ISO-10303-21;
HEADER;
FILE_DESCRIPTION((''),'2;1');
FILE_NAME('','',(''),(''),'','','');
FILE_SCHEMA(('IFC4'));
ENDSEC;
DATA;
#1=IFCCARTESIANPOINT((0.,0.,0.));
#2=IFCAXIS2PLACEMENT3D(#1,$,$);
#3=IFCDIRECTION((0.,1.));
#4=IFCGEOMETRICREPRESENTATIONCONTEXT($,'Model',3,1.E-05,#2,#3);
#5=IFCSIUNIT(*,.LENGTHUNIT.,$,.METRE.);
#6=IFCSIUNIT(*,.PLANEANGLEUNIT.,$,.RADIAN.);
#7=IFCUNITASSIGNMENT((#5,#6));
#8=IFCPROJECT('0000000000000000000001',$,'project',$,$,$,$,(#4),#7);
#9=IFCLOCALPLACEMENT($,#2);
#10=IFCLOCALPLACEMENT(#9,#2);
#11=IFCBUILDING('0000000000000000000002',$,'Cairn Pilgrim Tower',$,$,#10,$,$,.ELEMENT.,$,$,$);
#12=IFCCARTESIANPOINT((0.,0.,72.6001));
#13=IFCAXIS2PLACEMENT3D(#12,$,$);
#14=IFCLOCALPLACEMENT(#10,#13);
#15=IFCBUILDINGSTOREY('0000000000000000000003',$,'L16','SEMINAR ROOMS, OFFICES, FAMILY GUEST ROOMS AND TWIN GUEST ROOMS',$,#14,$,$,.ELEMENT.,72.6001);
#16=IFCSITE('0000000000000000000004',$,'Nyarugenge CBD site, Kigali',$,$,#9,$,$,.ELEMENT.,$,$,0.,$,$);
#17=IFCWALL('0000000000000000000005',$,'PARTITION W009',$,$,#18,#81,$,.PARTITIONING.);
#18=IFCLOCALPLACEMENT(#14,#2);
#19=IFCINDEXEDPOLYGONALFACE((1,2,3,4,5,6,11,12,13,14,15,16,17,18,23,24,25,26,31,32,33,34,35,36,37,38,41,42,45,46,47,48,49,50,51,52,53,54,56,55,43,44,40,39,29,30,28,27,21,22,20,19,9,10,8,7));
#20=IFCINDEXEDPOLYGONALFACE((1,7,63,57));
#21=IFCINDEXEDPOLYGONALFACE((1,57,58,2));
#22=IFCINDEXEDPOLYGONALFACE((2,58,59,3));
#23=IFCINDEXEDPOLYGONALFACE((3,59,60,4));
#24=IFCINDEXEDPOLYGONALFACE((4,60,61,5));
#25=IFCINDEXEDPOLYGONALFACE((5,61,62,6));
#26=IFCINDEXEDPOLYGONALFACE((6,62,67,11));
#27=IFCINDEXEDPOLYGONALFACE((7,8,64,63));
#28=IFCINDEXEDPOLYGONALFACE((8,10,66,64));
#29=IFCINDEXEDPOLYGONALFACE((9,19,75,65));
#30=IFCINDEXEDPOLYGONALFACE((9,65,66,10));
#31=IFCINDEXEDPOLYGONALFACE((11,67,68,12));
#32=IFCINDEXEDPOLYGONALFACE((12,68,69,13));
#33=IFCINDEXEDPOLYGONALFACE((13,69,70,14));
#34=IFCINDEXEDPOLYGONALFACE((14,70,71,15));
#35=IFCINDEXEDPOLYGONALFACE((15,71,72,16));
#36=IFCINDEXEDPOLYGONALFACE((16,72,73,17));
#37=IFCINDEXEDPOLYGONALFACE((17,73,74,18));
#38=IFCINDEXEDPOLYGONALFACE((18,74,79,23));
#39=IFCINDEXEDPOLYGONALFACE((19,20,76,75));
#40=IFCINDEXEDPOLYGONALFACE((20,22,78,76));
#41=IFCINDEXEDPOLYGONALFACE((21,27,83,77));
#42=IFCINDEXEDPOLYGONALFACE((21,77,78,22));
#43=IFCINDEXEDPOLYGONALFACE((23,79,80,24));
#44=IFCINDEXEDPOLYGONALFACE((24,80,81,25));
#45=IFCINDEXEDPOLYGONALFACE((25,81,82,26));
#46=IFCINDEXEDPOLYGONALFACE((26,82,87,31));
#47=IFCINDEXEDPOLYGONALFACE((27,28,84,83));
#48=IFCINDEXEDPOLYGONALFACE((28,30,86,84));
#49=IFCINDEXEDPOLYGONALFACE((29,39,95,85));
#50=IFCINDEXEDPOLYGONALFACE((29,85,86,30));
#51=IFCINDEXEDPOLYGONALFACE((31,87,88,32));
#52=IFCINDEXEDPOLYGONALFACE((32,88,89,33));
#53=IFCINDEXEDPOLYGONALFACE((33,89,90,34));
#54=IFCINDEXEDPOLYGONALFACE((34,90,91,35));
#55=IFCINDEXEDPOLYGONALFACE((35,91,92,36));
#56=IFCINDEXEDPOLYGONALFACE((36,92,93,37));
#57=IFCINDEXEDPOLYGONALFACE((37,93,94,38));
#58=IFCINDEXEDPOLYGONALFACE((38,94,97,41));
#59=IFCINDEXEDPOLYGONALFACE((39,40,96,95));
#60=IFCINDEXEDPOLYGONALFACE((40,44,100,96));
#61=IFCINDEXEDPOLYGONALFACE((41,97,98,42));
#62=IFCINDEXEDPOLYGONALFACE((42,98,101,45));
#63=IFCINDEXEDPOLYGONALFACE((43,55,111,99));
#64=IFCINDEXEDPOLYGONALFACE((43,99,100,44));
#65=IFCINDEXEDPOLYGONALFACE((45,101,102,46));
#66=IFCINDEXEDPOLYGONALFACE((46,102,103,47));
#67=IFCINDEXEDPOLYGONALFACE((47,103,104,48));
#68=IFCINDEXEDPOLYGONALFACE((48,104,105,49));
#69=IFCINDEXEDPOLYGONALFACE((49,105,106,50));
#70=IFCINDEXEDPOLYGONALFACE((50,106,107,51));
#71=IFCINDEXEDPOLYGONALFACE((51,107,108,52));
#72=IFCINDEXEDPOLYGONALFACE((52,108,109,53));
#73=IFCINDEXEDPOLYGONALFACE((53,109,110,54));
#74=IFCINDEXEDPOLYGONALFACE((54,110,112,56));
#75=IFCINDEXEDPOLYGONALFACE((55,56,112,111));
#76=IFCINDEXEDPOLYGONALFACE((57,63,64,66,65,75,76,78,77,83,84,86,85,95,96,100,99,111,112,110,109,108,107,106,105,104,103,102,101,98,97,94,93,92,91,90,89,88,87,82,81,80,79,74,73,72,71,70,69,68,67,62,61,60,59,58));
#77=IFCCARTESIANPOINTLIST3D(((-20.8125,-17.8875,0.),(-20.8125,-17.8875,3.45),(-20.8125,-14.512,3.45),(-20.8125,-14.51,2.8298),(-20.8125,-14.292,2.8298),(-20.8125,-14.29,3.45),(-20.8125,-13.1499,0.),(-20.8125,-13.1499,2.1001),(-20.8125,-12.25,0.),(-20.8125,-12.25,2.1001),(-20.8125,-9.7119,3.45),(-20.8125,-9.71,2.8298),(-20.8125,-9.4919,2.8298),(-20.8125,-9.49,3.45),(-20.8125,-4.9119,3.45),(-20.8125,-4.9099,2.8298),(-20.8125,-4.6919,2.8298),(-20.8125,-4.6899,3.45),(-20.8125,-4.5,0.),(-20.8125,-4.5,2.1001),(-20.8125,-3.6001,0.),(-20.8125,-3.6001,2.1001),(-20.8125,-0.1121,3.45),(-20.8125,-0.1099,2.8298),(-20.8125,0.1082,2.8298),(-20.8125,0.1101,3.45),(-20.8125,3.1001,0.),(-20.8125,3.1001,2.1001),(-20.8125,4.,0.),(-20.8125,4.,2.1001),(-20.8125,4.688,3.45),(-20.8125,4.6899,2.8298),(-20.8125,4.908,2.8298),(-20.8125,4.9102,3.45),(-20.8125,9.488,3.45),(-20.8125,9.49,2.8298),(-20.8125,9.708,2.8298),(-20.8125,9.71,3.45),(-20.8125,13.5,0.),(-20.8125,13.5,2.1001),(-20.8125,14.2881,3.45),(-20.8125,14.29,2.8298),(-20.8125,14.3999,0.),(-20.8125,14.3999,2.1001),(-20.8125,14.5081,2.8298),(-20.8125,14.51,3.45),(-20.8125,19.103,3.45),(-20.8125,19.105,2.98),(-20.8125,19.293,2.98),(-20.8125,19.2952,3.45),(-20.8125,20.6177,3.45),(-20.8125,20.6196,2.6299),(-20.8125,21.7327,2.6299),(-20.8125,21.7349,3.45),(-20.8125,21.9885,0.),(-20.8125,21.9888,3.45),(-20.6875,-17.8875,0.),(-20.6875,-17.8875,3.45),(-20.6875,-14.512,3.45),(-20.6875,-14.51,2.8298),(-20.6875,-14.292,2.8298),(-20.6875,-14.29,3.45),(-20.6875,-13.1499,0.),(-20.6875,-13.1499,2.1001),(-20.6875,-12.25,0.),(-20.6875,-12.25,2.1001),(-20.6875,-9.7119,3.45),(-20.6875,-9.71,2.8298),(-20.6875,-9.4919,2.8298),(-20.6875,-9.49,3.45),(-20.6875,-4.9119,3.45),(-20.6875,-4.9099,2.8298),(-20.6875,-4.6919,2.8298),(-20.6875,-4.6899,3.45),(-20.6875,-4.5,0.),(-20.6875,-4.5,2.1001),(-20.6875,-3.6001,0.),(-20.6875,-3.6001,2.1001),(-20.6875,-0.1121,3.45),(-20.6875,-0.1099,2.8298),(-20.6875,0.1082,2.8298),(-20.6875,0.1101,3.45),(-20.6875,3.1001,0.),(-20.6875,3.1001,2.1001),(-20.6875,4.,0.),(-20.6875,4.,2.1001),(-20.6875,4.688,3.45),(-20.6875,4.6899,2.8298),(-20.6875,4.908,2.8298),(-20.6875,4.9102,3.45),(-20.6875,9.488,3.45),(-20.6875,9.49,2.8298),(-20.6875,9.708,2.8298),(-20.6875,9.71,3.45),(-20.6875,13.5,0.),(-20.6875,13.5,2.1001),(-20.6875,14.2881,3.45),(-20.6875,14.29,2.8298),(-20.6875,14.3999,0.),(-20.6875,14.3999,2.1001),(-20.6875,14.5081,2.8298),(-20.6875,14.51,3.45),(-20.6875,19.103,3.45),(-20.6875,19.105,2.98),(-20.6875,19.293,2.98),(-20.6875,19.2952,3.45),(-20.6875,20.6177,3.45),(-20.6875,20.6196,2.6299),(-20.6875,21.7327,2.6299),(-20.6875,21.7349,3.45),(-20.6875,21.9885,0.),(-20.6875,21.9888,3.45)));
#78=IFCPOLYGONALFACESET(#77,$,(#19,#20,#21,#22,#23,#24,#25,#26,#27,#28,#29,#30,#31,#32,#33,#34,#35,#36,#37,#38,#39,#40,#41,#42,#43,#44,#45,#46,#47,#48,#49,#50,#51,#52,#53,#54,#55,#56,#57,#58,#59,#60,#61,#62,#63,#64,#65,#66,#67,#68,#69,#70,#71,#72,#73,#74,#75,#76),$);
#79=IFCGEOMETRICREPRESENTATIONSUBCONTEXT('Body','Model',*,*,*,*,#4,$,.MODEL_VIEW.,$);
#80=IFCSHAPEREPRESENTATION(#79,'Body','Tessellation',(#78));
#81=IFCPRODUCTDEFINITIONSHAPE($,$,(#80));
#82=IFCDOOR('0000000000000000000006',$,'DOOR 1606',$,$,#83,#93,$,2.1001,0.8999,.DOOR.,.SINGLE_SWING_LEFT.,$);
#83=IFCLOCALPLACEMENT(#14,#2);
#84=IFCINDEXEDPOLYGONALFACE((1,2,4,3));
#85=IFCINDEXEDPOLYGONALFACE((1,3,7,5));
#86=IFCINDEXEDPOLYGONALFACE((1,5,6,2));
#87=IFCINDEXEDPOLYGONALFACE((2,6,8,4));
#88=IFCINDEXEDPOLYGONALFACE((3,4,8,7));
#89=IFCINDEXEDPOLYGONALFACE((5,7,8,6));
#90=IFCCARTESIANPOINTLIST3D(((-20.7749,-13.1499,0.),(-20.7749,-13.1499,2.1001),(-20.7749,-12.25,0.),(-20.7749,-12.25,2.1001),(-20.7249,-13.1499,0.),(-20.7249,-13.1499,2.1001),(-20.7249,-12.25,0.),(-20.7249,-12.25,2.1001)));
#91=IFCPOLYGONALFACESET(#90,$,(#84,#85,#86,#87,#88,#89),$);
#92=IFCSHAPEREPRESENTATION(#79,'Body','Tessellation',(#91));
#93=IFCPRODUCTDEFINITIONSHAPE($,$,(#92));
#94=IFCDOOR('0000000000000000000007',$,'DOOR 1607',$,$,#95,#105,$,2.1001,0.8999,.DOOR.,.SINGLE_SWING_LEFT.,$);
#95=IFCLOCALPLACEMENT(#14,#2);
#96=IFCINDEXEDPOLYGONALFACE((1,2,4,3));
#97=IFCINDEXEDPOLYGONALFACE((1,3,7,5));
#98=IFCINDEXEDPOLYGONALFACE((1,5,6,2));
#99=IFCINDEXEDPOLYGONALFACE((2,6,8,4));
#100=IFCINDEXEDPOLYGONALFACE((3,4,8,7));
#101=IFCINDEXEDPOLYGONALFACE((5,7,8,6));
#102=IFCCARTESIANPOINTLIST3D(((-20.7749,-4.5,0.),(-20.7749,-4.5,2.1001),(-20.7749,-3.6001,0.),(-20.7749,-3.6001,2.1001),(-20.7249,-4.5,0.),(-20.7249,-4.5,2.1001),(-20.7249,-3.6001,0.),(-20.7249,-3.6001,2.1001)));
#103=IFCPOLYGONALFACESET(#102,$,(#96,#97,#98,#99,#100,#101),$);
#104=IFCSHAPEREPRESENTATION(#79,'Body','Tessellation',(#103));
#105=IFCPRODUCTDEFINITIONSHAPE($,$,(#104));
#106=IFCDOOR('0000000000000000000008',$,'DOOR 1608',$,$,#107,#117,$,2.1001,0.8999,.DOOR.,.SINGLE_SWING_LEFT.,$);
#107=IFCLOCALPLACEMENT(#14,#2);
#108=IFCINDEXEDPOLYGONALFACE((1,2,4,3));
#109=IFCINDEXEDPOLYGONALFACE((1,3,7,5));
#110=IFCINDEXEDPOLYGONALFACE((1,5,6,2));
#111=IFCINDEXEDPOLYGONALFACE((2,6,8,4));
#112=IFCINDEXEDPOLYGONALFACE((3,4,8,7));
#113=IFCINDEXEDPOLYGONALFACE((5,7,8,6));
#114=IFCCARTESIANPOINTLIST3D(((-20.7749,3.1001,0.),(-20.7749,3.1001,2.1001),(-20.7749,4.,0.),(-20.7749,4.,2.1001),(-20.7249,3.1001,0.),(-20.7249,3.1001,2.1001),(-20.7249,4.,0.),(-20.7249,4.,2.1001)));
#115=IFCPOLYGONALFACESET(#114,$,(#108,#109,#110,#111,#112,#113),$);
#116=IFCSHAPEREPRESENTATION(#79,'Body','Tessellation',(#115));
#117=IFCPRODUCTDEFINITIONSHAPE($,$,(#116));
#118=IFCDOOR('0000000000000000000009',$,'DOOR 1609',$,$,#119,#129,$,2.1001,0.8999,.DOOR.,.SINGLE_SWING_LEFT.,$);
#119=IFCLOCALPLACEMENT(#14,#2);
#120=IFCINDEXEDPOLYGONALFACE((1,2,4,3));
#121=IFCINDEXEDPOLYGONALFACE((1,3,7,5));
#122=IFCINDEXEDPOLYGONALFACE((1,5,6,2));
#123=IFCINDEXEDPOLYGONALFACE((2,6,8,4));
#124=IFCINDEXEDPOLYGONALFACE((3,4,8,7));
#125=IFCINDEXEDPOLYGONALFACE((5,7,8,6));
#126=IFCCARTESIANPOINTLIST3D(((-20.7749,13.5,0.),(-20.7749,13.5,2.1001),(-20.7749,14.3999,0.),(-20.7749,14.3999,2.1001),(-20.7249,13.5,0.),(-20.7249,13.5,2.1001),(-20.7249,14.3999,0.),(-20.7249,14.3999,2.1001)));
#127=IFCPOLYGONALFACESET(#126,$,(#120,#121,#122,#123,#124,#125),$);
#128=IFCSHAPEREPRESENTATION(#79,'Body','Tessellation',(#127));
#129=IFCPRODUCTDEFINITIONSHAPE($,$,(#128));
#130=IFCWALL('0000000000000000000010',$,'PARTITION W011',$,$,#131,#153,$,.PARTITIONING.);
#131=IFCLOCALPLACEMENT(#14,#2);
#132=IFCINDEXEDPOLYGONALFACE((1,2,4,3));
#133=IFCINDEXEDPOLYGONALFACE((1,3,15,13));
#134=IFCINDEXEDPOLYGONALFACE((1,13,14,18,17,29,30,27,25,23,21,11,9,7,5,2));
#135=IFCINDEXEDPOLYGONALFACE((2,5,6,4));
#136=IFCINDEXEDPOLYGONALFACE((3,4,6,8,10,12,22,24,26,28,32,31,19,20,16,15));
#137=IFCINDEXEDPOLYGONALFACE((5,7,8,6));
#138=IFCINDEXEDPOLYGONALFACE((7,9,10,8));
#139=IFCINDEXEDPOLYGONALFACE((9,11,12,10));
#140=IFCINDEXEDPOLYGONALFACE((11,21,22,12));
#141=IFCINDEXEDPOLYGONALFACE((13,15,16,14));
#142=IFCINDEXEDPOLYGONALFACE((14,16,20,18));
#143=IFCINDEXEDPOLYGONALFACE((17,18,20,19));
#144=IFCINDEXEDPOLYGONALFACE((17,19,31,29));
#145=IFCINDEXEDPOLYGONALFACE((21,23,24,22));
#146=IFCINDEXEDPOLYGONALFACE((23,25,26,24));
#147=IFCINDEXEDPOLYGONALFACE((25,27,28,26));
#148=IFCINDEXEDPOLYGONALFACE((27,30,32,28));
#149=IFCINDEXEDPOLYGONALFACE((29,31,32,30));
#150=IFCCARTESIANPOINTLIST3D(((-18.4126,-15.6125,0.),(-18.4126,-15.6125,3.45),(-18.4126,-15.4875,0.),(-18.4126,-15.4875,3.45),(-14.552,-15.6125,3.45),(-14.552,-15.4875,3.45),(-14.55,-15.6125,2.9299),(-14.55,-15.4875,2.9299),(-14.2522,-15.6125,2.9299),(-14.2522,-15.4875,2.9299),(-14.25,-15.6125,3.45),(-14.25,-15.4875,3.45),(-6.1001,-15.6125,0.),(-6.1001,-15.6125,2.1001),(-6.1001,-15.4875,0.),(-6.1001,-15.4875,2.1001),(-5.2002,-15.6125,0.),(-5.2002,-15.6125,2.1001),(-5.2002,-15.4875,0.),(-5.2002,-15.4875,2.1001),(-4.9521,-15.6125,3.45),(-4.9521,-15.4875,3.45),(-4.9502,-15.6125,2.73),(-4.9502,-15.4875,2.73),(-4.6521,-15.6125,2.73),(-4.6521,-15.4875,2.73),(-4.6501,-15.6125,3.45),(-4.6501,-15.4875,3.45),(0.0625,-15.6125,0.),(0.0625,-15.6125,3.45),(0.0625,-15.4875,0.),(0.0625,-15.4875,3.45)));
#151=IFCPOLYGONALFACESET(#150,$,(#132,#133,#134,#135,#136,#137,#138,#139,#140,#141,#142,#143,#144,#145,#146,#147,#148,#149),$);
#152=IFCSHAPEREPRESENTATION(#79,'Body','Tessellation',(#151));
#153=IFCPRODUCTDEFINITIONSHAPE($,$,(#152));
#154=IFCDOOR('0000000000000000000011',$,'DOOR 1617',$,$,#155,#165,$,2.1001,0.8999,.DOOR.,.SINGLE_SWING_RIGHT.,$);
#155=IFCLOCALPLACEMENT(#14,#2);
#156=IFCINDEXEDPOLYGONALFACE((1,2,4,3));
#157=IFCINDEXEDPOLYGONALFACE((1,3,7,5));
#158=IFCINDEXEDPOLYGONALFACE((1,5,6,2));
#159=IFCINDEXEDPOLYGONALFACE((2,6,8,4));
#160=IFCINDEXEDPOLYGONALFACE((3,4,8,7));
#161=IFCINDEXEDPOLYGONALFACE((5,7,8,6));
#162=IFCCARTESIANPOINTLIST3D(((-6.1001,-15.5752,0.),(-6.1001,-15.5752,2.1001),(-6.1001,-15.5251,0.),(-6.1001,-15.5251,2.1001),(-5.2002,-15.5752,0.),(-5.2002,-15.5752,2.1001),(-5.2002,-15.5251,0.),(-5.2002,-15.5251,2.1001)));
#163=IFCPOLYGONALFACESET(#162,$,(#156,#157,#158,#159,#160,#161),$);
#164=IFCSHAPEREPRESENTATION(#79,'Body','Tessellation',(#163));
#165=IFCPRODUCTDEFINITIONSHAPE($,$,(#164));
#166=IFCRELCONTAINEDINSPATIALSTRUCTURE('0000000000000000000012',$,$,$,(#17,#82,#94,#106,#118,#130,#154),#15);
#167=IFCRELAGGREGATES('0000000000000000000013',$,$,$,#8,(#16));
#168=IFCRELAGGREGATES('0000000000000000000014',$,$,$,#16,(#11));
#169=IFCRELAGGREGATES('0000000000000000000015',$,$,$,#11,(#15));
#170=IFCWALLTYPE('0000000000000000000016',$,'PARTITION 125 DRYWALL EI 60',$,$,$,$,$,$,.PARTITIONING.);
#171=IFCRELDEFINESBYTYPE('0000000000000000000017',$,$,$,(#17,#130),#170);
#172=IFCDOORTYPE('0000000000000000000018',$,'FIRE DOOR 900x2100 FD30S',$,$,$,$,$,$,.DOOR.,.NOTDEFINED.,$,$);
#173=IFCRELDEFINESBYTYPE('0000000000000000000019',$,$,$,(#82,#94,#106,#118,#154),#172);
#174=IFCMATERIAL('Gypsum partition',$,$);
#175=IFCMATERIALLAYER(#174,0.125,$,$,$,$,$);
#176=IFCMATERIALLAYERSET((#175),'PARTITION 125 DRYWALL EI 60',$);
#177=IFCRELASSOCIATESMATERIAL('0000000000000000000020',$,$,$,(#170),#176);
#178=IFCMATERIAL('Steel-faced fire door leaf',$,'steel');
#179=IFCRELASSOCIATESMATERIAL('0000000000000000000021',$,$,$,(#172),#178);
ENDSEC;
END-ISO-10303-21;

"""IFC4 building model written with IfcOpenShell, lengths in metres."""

from ifc_helpers import new_model, si_unit, direction, frame, frame_2d, origin, place, context, subcontext, project, spatial, polyline, rectangle, outline, extrude, material, layer, layer_set, type_object, element, fill, save


model = new_model("IFC4")

# Units and contexts
model_context = context("Model", 3, precision=1e-05, world=origin(), true_north=direction((0.0, 1.0)))
body_context = subcontext(model_context, "Body", "Model", "MODEL_VIEW")
ifc_project = project(units=[si_unit("LENGTHUNIT", "METRE"), si_unit("PLANEANGLEUNIT", "RADIAN")], contexts=[model_context])

# Site, building, storey
site_placement = place(None, origin())
site = spatial("IfcSite", under=ifc_project, at=site_placement, Name="Nyarugenge CBD site, Kigali", CompositionType="ELEMENT", RefElevation=0.0)
building_placement = place(site_placement, origin())
building = spatial("IfcBuilding", under=site, at=building_placement, Name="Cairn Pilgrim Tower", CompositionType="ELEMENT")
storey_placement = place(building_placement, frame((0.0, 0.0, 72.6001)))
storey = spatial("IfcBuildingStorey", under=building, at=storey_placement, Name="L16", Description="SEMINAR ROOMS, OFFICES, FAMILY GUEST ROOMS AND TWIN GUEST ROOMS", CompositionType="ELEMENT", Elevation=72.6001)

# Wall, openings, doors
ifc_material_1 = material(Name="Gypsum partition")
ifc_layer_1 = layer(ifc_material_1, 0.125)
ifc_layer_set_1 = layer_set([ifc_layer_1], Name="PARTITION 125 DRYWALL EI 60")
wall_type_1 = type_object("IfcWallType", Name="PARTITION 125 DRYWALL EI 60", PredefinedType="PARTITIONING", material=ifc_layer_set_1)
ifc_material_2 = material(Name="Steel-faced fire door leaf", Category="steel")
door_type_1 = type_object("IfcDoorType", Name="FIRE DOOR 900x2100 FD30S", OperationType="NOTDEFINED", PredefinedType="DOOR", material=ifc_material_2)
wall_1_placement = place(storey_placement, frame((-20.75, -17.8875, 0.0), z_axis=(0.0, 0.0, 1.0), x_axis=(0.0, 1.0, 0.0)))
wall_1 = element("IfcWall", 1, at=wall_1_placement, inside=storey, type_object=wall_type_1, Name="PARTITION W009", PredefinedType="PARTITIONING", context=body_context, shape_type="SweptSolid", body=[
    extrude(outline(polyline([(0.0, 0.0), (39.876, 0.0), (39.8762, 3.45), (39.6223, 3.45), (39.6201, 2.6299), (38.5071, 2.6299), (38.5051, 3.45), (37.1826, 3.45), (37.1804, 2.98), (36.9924, 2.98), (36.9905, 3.45), (32.3975, 3.45), (32.3955, 2.8298), (32.1775, 2.8298), (32.1755, 3.45), (27.5974, 3.45), (27.5955, 2.8298), (27.3774, 2.8298), (27.3755, 3.45), (22.7976, 3.45), (22.7954, 2.8298), (22.5774, 2.8298), (22.5754, 3.45), (17.9976, 3.45), (17.9956, 2.8298), (17.7776, 2.8298), (17.7754, 3.45), (13.1975, 3.45), (13.1956, 2.8298), (12.9775, 2.8298), (12.9756, 3.45), (8.3975, 3.45), (8.3955, 2.8298), (8.1775, 2.8298), (8.1755, 3.45), (3.5974, 3.45), (3.5955, 2.8298), (3.3774, 2.8298), (3.3755, 3.45), (0.0, 3.45), (0.0, 0.0)])), frame((0.0, 0.0625, 0.0), z_axis=(0.0, -1.0, 0.0), x_axis=(1.0, 0.0, 0.0)), (0.0, 0.0, 1.0), 0.125),
])
opening_1_placement = place(wall_1_placement, frame((4.7375, 0.0, 0.0)))
opening_1 = element("IfcOpeningElement", 2, at=opening_1_placement, cuts=wall_1, PredefinedType="OPENING", context=body_context, shape_type="SweptSolid", body=[
    extrude(rectangle(XDim=0.8999, YDim=2.1001, at=frame_2d((0.45, 1.05))), frame((0.0, 0.0725, 0.0), z_axis=(0.0, -1.0, 0.0), x_axis=(1.0, 0.0, 0.0)), (0.0, 0.0, 1.0), 0.145),
])
opening_2_placement = place(wall_1_placement, frame((13.3875, 0.0, 0.0)))
opening_2 = element("IfcOpeningElement", 3, at=opening_2_placement, cuts=wall_1, PredefinedType="OPENING", context=body_context, shape_type="SweptSolid", body=[
    extrude(rectangle(XDim=0.8999, YDim=2.1001, at=frame_2d((0.45, 1.05))), frame((0.0, 0.0725, 0.0), z_axis=(0.0, -1.0, 0.0), x_axis=(1.0, 0.0, 0.0)), (0.0, 0.0, 1.0), 0.145),
])
opening_3_placement = place(wall_1_placement, frame((20.9875, 0.0, 0.0)))
opening_3 = element("IfcOpeningElement", 4, at=opening_3_placement, cuts=wall_1, PredefinedType="OPENING", context=body_context, shape_type="SweptSolid", body=[
    extrude(rectangle(XDim=0.8999, YDim=2.1001, at=frame_2d((0.45, 1.05))), frame((0.0, 0.0725, 0.0), z_axis=(0.0, -1.0, 0.0), x_axis=(1.0, 0.0, 0.0)), (0.0, 0.0, 1.0), 0.145),
])
opening_4_placement = place(wall_1_placement, frame((31.3875, 0.0, 0.0)))
opening_4 = element("IfcOpeningElement", 5, at=opening_4_placement, cuts=wall_1, PredefinedType="OPENING", context=body_context, shape_type="SweptSolid", body=[
    extrude(rectangle(XDim=0.8999, YDim=2.1001, at=frame_2d((0.45, 1.05))), frame((0.0, 0.0725, 0.0), z_axis=(0.0, -1.0, 0.0), x_axis=(1.0, 0.0, 0.0)), (0.0, 0.0, 1.0), 0.145),
])
door_1_placement = place(opening_1_placement, origin())
door_1 = element("IfcDoor", 6, at=door_1_placement, inside=storey, type_object=door_type_1, Name="DOOR 1606", OperationType="SINGLE_SWING_LEFT", OverallHeight=2.1001, OverallWidth=0.8999, PredefinedType="DOOR", context=body_context, shape_type="SweptSolid", body=[
    extrude(rectangle(XDim=0.8999, YDim=2.1001, at=frame_2d((0.45, 1.05))), frame((0.0, 0.0249, 0.0), z_axis=(0.0, -1.0, 0.0), x_axis=(1.0, 0.0, 0.0)), (0.0, 0.0, 1.0), 0.05),
])
fill(opening_1, door_1)
door_2_placement = place(opening_2_placement, origin())
door_2 = element("IfcDoor", 7, at=door_2_placement, inside=storey, type_object=door_type_1, Name="DOOR 1607", OperationType="SINGLE_SWING_LEFT", OverallHeight=2.1001, OverallWidth=0.8999, PredefinedType="DOOR", context=body_context, shape_type="SweptSolid", body=[
    extrude(rectangle(XDim=0.8999, YDim=2.1001, at=frame_2d((0.45, 1.05))), frame((0.0, 0.0249, 0.0), z_axis=(0.0, -1.0, 0.0), x_axis=(1.0, 0.0, 0.0)), (0.0, 0.0, 1.0), 0.05),
])
fill(opening_2, door_2)
door_3_placement = place(opening_3_placement, origin())
door_3 = element("IfcDoor", 8, at=door_3_placement, inside=storey, type_object=door_type_1, Name="DOOR 1608", OperationType="SINGLE_SWING_LEFT", OverallHeight=2.1001, OverallWidth=0.8999, PredefinedType="DOOR", context=body_context, shape_type="SweptSolid", body=[
    extrude(rectangle(XDim=0.8999, YDim=2.1001, at=frame_2d((0.45, 1.05))), frame((0.0, 0.0249, 0.0), z_axis=(0.0, -1.0, 0.0), x_axis=(1.0, 0.0, 0.0)), (0.0, 0.0, 1.0), 0.05),
])
fill(opening_3, door_3)
door_4_placement = place(opening_4_placement, origin())
door_4 = element("IfcDoor", 9, at=door_4_placement, inside=storey, type_object=door_type_1, Name="DOOR 1609", OperationType="SINGLE_SWING_LEFT", OverallHeight=2.1001, OverallWidth=0.8999, PredefinedType="DOOR", context=body_context, shape_type="SweptSolid", body=[
    extrude(rectangle(XDim=0.8999, YDim=2.1001, at=frame_2d((0.45, 1.05))), frame((0.0, 0.0249, 0.0), z_axis=(0.0, -1.0, 0.0), x_axis=(1.0, 0.0, 0.0)), (0.0, 0.0, 1.0), 0.05),
])
fill(opening_4, door_4)

# Wall, opening, door
wall_2_placement = place(storey_placement, frame((-18.4126, -15.55, 0.0), z_axis=(0.0, 0.0, 1.0), x_axis=(1.0, 0.0, 0.0)))
wall_2 = element("IfcWall", 10, at=wall_2_placement, inside=storey, type_object=wall_type_1, Name="PARTITION W011", PredefinedType="PARTITIONING", context=body_context, shape_type="SweptSolid", body=[
    extrude(outline(polyline([(0.0, 0.0), (18.4751, 0.0), (18.4751, 3.45), (13.7625, 3.45), (13.7605, 2.73), (13.4624, 2.73), (13.4604, 3.45), (4.1626, 3.45), (4.1604, 2.9299), (3.8625, 2.9299), (3.8606, 3.45), (0.0, 3.45), (0.0, 0.0)])), frame((0.0, 0.0625, 0.0), z_axis=(0.0, -1.0, 0.0), x_axis=(1.0, 0.0, 0.0)), (0.0, 0.0, 1.0), 0.125),
])
opening_5_placement = place(wall_2_placement, frame((12.3125, 0.0, 0.0)))
opening_5 = element("IfcOpeningElement", 11, at=opening_5_placement, cuts=wall_2, PredefinedType="OPENING", context=body_context, shape_type="SweptSolid", body=[
    extrude(rectangle(XDim=0.8999, YDim=2.1001, at=frame_2d((0.45, 1.05))), frame((0.0, 0.0725, 0.0), z_axis=(0.0, -1.0, 0.0), x_axis=(1.0, 0.0, 0.0)), (0.0, 0.0, 1.0), 0.145),
])
door_5_placement = place(opening_5_placement, origin())
door_5 = element("IfcDoor", 12, at=door_5_placement, inside=storey, type_object=door_type_1, Name="DOOR 1617", OperationType="SINGLE_SWING_RIGHT", OverallHeight=2.1001, OverallWidth=0.8999, PredefinedType="DOOR", context=body_context, shape_type="SweptSolid", body=[
    extrude(rectangle(XDim=0.8999, YDim=2.1001, at=frame_2d((0.45, 1.05))), frame((0.0, 0.0249, 0.0), z_axis=(0.0, -1.0, 0.0), x_axis=(1.0, 0.0, 0.0)), (0.0, 0.0, 1.0), 0.05),
])
fill(opening_5, door_5)

save(model, "model.ifc")
